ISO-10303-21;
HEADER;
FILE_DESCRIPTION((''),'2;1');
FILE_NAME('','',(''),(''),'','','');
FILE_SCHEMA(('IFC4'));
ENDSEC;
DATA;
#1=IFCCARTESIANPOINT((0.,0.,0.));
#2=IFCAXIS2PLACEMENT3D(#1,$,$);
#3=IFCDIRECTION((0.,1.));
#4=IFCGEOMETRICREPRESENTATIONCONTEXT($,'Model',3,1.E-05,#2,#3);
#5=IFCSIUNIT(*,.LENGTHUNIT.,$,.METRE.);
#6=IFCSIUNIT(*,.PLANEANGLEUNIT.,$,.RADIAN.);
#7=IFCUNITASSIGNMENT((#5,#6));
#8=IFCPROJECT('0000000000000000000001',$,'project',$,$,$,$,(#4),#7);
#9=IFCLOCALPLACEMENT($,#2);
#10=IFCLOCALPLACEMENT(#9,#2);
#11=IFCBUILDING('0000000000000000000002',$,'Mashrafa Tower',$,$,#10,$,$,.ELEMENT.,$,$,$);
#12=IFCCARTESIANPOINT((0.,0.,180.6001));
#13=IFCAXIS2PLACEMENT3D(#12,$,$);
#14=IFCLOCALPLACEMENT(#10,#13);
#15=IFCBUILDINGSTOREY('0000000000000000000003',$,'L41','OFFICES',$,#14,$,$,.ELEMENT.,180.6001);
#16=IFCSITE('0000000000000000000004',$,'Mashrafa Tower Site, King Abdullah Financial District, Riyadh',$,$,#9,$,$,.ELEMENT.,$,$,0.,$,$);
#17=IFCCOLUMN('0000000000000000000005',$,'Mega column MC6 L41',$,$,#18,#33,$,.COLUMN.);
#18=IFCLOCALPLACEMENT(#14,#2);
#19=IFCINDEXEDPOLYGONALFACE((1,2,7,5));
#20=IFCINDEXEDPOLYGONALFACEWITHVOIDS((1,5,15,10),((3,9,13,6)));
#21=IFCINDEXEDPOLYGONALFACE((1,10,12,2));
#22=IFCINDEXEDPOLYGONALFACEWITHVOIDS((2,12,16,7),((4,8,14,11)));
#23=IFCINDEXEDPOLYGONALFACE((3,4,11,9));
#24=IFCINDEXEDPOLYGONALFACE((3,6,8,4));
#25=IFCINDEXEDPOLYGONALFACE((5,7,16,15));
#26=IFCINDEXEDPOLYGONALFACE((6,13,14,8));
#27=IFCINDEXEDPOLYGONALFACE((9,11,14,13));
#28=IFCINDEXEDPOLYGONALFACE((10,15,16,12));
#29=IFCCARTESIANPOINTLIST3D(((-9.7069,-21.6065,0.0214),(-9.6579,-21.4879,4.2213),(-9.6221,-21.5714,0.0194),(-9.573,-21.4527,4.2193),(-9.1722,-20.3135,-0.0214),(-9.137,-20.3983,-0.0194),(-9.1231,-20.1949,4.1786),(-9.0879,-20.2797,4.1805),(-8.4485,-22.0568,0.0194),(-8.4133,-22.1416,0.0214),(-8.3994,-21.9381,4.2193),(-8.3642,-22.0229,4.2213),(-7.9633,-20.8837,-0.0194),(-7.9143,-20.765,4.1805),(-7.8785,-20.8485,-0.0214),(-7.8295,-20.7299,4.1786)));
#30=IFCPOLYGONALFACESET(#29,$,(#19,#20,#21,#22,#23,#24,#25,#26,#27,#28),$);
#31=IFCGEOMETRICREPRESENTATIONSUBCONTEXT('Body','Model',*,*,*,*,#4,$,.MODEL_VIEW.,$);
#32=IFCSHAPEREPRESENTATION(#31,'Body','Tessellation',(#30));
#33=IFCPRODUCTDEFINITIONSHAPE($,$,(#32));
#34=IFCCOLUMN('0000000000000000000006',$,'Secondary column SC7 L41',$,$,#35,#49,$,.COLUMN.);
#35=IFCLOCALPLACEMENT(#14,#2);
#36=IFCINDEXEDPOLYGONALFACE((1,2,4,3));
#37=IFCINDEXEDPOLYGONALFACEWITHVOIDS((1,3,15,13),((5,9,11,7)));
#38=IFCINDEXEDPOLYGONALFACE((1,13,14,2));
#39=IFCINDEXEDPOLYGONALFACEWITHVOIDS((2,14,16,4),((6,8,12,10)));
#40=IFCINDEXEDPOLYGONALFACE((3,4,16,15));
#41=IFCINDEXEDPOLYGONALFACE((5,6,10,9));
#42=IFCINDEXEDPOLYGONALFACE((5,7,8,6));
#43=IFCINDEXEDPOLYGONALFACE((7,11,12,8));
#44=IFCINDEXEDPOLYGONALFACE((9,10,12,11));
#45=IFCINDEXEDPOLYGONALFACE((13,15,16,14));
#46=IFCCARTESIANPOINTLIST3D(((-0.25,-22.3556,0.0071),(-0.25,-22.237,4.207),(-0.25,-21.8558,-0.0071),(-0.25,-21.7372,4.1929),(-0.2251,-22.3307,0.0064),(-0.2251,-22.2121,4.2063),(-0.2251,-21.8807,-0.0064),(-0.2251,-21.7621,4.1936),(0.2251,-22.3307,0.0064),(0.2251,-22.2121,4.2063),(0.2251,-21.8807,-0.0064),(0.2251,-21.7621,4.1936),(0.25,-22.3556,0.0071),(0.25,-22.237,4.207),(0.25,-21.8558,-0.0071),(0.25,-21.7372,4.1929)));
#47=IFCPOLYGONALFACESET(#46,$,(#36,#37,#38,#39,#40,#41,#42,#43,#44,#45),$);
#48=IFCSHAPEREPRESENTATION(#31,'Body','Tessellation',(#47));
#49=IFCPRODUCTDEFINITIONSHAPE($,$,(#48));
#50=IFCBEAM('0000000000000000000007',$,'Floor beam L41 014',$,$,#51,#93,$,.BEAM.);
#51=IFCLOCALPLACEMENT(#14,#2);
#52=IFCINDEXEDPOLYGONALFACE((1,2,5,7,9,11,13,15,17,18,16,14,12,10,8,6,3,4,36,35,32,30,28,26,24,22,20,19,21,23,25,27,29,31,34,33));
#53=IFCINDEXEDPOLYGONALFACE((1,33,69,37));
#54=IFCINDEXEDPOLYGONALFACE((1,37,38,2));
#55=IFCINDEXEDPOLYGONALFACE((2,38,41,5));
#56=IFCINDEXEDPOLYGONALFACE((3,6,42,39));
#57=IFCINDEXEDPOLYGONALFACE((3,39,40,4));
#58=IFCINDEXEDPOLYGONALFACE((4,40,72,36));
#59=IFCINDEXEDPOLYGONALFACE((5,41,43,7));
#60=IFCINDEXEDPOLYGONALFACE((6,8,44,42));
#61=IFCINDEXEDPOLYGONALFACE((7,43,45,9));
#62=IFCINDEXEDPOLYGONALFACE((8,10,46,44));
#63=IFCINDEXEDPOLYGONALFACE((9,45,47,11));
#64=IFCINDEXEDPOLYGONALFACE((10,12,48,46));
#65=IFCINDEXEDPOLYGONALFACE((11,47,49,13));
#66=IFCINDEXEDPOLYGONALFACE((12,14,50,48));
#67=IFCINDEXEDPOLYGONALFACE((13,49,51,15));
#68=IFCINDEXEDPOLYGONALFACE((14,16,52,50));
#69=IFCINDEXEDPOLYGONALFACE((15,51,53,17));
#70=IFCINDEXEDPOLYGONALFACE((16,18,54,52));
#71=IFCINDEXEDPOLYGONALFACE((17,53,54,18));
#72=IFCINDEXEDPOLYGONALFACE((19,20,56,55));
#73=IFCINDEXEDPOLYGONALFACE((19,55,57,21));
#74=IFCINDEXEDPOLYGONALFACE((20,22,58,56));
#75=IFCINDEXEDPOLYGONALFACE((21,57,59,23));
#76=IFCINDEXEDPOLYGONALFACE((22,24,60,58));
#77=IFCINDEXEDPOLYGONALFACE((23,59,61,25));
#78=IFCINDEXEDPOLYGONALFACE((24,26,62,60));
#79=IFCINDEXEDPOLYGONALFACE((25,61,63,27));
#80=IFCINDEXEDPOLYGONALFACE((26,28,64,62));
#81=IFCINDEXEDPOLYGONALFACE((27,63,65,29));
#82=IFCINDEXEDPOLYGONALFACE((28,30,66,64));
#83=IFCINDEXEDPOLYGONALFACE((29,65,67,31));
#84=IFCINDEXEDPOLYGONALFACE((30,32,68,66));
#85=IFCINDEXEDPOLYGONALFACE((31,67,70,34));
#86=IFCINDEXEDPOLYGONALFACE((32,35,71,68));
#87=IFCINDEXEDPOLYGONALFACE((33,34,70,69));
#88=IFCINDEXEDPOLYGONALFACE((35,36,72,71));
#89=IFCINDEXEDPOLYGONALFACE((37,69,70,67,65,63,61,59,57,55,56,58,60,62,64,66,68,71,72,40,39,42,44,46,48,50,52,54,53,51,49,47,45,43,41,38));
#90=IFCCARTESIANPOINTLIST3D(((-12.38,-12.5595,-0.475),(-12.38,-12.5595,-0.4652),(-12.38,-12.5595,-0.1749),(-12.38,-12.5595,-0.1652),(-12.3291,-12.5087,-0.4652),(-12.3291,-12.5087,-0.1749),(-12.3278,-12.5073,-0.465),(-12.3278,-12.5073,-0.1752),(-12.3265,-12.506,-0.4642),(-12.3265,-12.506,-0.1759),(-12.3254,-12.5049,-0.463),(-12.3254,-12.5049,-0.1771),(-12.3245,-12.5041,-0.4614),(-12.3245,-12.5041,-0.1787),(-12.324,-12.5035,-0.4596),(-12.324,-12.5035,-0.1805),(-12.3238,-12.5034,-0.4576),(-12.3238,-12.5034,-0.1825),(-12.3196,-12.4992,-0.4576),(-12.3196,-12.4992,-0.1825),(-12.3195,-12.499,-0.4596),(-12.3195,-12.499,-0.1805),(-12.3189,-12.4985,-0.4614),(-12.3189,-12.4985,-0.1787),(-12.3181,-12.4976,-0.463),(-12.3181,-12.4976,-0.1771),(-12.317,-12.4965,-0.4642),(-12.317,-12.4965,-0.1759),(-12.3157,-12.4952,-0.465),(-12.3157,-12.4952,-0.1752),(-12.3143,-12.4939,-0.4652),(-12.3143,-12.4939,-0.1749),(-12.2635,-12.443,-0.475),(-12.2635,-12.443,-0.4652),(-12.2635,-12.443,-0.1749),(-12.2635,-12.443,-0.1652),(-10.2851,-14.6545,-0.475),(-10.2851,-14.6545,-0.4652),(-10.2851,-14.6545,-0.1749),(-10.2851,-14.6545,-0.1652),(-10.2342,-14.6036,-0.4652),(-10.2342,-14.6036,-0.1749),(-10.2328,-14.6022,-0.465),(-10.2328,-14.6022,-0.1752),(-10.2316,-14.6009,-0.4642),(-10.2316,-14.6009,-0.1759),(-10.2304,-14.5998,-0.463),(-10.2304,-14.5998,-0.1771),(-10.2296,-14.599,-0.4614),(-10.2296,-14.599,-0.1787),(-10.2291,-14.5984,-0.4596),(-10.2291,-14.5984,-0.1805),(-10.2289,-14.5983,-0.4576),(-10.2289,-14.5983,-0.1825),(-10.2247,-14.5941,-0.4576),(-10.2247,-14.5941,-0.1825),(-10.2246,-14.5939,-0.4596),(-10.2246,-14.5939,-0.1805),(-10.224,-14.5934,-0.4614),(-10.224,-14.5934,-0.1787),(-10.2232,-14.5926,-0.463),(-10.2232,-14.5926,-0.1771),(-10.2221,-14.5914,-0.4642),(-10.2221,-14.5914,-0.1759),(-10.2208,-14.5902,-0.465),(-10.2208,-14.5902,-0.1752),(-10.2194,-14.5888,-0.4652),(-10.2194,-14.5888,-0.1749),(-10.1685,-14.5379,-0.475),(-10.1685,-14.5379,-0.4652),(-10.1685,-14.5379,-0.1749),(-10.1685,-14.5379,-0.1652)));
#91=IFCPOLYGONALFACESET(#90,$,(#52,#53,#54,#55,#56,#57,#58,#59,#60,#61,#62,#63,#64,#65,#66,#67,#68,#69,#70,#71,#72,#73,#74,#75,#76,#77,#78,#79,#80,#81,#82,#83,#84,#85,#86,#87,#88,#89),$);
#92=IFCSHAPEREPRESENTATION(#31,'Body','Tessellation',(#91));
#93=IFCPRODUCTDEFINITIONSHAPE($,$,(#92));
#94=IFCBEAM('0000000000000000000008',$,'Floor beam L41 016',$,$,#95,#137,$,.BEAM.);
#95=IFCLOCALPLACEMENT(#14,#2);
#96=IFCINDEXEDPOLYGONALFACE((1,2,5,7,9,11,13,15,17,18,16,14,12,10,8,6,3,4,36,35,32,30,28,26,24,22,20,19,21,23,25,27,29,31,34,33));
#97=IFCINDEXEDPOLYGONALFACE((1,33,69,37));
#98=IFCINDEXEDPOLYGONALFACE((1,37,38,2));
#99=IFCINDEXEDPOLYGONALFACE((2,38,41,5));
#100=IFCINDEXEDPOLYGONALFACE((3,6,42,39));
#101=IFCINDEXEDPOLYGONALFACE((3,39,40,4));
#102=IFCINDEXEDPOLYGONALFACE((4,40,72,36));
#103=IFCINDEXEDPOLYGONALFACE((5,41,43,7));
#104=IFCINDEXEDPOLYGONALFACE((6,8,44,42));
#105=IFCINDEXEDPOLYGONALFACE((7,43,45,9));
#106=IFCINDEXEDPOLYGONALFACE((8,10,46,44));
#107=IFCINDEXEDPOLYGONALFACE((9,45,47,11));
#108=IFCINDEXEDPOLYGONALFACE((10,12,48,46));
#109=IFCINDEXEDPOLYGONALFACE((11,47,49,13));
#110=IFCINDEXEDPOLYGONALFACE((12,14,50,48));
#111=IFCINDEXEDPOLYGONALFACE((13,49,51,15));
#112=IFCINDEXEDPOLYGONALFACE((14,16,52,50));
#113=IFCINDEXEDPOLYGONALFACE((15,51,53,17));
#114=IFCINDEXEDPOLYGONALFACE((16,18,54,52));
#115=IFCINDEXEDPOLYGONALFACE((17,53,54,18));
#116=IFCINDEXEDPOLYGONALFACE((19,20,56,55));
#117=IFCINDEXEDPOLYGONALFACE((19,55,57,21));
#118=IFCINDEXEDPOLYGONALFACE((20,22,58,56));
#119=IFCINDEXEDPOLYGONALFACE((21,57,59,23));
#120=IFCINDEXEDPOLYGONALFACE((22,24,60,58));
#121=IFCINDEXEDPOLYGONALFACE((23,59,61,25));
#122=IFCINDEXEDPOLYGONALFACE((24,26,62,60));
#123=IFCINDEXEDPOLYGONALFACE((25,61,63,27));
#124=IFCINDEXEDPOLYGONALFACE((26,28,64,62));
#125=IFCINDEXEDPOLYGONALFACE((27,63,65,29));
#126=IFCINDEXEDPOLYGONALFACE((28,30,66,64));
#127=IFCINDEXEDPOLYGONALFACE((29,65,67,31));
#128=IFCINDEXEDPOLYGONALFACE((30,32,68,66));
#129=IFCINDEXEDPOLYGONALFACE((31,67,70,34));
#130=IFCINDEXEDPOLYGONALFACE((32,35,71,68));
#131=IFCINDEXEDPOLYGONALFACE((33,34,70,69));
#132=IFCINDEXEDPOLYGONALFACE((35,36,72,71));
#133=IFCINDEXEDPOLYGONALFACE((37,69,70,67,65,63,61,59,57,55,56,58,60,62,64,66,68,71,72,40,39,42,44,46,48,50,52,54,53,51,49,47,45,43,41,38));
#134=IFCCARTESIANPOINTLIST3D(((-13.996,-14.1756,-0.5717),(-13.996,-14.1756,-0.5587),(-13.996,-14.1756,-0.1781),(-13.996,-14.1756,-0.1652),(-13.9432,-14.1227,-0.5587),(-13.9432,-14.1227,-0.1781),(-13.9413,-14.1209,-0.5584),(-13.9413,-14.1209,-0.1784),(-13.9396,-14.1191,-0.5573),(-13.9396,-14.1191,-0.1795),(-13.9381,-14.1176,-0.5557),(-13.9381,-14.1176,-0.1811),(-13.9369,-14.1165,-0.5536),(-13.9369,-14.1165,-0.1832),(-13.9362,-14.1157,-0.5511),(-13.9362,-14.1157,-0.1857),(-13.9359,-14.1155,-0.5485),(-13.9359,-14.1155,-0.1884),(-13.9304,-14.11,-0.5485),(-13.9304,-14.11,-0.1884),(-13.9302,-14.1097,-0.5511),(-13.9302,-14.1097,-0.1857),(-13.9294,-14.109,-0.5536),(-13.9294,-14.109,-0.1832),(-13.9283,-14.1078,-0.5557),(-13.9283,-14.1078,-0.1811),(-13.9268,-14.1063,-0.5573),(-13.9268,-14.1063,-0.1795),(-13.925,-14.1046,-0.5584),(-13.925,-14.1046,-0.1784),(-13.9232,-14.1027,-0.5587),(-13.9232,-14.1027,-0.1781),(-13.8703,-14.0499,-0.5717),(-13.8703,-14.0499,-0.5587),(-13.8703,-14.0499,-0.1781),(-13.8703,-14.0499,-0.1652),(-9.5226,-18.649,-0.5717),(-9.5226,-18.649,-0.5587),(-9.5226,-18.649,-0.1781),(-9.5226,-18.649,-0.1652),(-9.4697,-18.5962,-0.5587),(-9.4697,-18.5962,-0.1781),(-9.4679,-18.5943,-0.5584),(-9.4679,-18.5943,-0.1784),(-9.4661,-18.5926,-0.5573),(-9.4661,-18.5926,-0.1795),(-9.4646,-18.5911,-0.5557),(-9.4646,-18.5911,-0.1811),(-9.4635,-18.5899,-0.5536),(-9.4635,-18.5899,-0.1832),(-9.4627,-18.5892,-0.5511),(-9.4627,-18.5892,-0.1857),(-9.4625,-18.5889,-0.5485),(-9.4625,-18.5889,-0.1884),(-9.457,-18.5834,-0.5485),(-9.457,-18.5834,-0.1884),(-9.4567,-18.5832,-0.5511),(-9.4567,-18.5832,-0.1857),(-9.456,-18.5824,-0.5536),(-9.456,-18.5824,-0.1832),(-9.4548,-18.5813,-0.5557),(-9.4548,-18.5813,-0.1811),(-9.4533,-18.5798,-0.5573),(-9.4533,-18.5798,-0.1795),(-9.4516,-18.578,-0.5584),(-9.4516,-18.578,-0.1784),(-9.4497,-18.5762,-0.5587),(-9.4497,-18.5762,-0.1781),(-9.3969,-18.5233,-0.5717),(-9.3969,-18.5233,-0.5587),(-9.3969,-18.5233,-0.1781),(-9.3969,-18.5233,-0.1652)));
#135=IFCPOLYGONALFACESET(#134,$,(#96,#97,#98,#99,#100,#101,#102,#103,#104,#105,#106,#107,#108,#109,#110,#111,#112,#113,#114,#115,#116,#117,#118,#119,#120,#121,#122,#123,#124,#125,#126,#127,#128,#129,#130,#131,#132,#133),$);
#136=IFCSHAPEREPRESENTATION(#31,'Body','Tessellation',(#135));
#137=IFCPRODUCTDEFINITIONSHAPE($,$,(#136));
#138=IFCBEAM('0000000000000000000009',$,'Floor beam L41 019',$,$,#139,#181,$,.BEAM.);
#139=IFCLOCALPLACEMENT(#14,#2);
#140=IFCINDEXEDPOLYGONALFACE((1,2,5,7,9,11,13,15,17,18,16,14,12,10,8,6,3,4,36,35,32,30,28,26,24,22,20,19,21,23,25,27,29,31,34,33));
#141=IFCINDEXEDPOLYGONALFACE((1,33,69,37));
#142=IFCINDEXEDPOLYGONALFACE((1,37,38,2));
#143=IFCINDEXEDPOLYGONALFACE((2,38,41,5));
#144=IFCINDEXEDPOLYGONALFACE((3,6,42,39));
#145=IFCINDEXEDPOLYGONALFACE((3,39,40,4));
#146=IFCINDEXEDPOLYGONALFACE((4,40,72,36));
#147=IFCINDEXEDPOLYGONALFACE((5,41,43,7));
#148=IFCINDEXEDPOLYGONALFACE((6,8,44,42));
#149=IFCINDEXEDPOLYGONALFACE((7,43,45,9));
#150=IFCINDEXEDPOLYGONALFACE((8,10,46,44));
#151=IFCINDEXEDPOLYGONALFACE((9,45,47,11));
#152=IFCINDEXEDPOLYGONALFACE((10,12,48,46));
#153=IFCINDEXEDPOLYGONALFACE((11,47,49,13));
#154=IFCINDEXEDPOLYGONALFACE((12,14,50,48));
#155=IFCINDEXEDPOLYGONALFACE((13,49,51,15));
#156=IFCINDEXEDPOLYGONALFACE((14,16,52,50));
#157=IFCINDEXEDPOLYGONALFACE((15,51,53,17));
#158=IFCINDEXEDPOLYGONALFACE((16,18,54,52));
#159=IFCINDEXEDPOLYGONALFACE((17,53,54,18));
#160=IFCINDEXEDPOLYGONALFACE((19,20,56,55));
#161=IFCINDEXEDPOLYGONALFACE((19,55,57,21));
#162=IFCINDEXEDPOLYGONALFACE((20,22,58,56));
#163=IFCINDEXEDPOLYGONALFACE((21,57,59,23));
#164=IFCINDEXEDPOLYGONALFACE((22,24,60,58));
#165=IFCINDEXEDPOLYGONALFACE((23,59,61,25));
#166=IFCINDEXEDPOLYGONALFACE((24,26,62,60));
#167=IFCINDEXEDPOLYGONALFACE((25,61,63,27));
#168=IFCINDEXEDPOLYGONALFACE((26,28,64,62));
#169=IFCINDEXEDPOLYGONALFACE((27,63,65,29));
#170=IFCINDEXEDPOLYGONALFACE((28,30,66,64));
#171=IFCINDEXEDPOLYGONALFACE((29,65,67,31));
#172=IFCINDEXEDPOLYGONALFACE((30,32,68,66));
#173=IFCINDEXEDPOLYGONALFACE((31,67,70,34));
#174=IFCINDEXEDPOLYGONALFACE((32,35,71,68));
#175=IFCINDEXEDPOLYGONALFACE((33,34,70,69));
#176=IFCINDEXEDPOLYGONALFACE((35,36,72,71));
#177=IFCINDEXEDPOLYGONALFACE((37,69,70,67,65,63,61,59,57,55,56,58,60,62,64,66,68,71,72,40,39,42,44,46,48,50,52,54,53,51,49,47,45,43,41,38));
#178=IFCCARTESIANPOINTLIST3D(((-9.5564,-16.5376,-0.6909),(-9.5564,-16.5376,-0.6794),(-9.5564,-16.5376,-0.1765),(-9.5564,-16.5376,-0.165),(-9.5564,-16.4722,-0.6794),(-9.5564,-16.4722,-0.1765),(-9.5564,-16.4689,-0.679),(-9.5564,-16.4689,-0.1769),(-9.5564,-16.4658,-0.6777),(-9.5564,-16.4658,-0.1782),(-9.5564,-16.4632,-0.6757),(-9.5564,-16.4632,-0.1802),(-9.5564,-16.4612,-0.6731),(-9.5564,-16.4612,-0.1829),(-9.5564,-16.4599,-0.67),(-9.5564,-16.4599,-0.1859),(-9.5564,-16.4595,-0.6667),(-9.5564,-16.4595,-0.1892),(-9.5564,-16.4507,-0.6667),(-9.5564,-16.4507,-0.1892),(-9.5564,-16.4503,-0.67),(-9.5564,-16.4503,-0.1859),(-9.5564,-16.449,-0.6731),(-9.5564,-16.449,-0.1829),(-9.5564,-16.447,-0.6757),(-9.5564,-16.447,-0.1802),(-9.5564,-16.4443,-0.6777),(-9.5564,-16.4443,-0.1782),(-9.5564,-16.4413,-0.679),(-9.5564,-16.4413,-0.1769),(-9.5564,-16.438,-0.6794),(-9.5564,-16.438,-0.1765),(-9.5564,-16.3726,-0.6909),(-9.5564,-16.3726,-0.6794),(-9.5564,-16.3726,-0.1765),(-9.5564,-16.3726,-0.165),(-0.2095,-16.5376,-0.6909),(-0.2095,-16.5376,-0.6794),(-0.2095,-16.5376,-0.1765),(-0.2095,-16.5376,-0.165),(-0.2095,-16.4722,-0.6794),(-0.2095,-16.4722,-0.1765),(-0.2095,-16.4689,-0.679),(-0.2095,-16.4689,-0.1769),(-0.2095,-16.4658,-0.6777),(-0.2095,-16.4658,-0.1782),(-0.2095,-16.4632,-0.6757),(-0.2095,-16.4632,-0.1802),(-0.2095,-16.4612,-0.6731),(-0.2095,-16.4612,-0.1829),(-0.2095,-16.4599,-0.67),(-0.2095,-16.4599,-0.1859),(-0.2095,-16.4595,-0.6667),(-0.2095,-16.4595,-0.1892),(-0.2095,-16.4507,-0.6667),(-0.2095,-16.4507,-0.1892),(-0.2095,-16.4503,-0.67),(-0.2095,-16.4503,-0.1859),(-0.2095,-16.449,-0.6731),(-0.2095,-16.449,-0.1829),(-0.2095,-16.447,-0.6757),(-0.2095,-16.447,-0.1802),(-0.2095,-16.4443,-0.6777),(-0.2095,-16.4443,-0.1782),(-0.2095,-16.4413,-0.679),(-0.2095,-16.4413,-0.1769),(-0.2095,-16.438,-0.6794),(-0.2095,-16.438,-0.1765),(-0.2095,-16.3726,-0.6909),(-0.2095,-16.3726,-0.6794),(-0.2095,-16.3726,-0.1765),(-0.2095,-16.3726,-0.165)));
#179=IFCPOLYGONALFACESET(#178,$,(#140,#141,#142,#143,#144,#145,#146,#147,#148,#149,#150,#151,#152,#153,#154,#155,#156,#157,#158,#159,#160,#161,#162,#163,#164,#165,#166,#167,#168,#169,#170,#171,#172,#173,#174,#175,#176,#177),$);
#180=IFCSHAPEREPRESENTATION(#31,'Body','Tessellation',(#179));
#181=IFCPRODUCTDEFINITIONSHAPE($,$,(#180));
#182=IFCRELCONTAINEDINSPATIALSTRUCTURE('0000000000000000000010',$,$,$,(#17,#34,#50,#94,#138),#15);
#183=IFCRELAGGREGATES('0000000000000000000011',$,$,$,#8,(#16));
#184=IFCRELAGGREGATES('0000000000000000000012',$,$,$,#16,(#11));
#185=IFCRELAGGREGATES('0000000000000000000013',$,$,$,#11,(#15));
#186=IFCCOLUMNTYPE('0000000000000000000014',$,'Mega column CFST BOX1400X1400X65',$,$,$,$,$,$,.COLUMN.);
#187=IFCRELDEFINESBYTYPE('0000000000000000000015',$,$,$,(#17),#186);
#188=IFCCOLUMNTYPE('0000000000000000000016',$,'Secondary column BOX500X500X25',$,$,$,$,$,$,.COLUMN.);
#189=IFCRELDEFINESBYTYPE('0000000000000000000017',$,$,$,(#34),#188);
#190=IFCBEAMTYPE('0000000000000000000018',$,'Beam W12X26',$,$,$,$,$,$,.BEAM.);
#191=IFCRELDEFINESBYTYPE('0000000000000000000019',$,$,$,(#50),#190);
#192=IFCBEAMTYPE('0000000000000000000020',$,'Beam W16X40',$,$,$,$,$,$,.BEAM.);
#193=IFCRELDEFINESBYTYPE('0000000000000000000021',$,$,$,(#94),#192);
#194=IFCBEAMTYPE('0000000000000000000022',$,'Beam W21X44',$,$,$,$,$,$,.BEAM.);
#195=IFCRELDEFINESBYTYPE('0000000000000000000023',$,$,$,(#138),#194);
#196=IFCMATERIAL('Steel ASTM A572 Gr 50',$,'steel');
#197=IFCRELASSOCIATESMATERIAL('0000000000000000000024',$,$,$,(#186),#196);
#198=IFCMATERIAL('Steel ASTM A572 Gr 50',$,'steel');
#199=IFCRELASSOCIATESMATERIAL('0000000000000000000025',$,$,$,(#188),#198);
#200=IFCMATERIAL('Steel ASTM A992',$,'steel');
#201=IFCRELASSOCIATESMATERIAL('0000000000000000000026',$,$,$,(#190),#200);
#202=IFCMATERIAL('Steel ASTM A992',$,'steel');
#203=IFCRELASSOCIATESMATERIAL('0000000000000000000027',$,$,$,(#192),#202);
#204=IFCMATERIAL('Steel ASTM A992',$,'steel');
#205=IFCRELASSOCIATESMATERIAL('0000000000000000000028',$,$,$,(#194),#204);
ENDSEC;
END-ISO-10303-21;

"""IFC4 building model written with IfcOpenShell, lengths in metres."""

from ifc_helpers import new_model, si_unit, direction, frame, origin, origin_2d, place, context, subcontext, project, spatial, hollow_rectangle, i_section, extrude, material, material_profile, profile_set, type_object, element, save


model = new_model("IFC4")

# Units and contexts
model_context = context("Model", 3, precision=1e-05, world=origin(), true_north=direction((0.0, 1.0)))
body_context = subcontext(model_context, "Body", "Model", "MODEL_VIEW")
ifc_project = project(units=[si_unit("LENGTHUNIT", "METRE"), si_unit("PLANEANGLEUNIT", "RADIAN")], contexts=[model_context])

# Site, building, storey
site_placement = place(None, origin())
site = spatial("IfcSite", under=ifc_project, at=site_placement, Name="Mashrafa Tower Site, King Abdullah Financial District, Riyadh", CompositionType="ELEMENT", RefElevation=0.0)
building_placement = place(site_placement, origin())
building = spatial("IfcBuilding", under=site, at=building_placement, Name="Mashrafa Tower", CompositionType="ELEMENT")
storey_placement = place(building_placement, frame((0.0, 0.0, 180.6001)))
storey = spatial("IfcBuildingStorey", under=building, at=storey_placement, Name="L41", Description="OFFICES", CompositionType="ELEMENT", Elevation=180.6001)

# Columns
ifc_material_1 = material(Name="Steel ASTM A572 Gr 50", Category="steel")
ifc_material_profile_1 = material_profile(ifc_material_1, hollow_rectangle(XDim=1.3999, YDim=1.3999, WallThickness=0.0649, at=origin_2d()), Name="BOX1400X1400X65")
ifc_profile_set_1 = profile_set([ifc_material_profile_1], Name="Steel ASTM A572 Gr 50")
column_type_1 = type_object("IfcColumnType", Name="Mega column CFST BOX1400X1400X65", PredefinedType="COLUMN", material=ifc_profile_set_1)
column_1_placement = place(storey_placement, frame((-8.7927, -21.2275, 0.0), z_axis=(0.011679, 0.028238, 0.999533), x_axis=(-0.924086, 0.382184, 0.0)))
element("IfcColumn", 1, at=column_1_placement, inside=storey, type_object=column_type_1, Name="Mega column MC6 L41", PredefinedType="COLUMN", context=body_context, shape_type="SweptSolid", body=[
    extrude(hollow_rectangle(XDim=1.3999, YDim=1.3999, WallThickness=0.0649, at=origin_2d()), origin(), (0.0, 0.0, 1.0), 4.2019),
])
ifc_material_2 = material(Name="Steel ASTM A572 Gr 50", Category="steel")
ifc_material_profile_2 = material_profile(ifc_material_2, hollow_rectangle(XDim=0.5, YDim=0.5, WallThickness=0.0249, at=origin_2d()), Name="BOX500X500X25")
ifc_profile_set_2 = profile_set([ifc_material_profile_2], Name="Steel ASTM A572 Gr 50")
column_type_2 = type_object("IfcColumnType", Name="Secondary column BOX500X500X25", PredefinedType="COLUMN", material=ifc_profile_set_2)
column_2_placement = place(storey_placement, frame((0.0, -22.1057, 0.0), z_axis=(0.0, 0.02824, 0.999601), x_axis=(-1.0, 0.0, 0.0)))
element("IfcColumn", 2, at=column_2_placement, inside=storey, type_object=column_type_2, Name="Secondary column SC7 L41", PredefinedType="COLUMN", context=body_context, shape_type="SweptSolid", body=[
    extrude(hollow_rectangle(XDim=0.5, YDim=0.5, WallThickness=0.0249, at=origin_2d()), origin(), (0.0, 0.0, 1.0), 4.2017),
])

# Beams
ifc_material_3 = material(Name="Steel ASTM A992", Category="steel")
ifc_material_profile_3 = material_profile(ifc_material_3, i_section(OverallWidth=0.1648, OverallDepth=0.3098, WebThickness=0.0059, FlangeThickness=0.0098, FilletRadius=0.0076, at=origin_2d()), Name="W12X26")
ifc_profile_set_3 = profile_set([ifc_material_profile_3], Name="Steel ASTM A992")
beam_type_1 = type_object("IfcBeamType", Name="Beam W12X26", PredefinedType="BEAM", material=ifc_profile_set_3)
beam_1_placement = place(storey_placement, frame((-10.2268, -14.5962, -0.3201), z_axis=(-0.707107, 0.707107, 0.0), x_axis=(-0.707107, -0.707107, 0.0)))
element("IfcBeam", 3, at=beam_1_placement, inside=storey, type_object=beam_type_1, Name="Floor beam L41 014", PredefinedType="BEAM", context=body_context, shape_type="SweptSolid", body=[
    extrude(i_section(OverallWidth=0.1648, OverallDepth=0.3098, WebThickness=0.0059, FlangeThickness=0.0098, FilletRadius=0.0076, at=origin_2d()), origin(), (0.0, 0.0, 1.0), 2.9626),
])
ifc_material_4 = material(Name="Steel ASTM A992", Category="steel")
ifc_material_profile_4 = material_profile(ifc_material_4, i_section(OverallWidth=0.1777, OverallDepth=0.4065, WebThickness=0.0078, FlangeThickness=0.0129, FilletRadius=0.0103, at=origin_2d()), Name="W16X40")
ifc_profile_set_4 = profile_set([ifc_material_profile_4], Name="Steel ASTM A992")
beam_type_2 = type_object("IfcBeamType", Name="Beam W16X40", PredefinedType="BEAM", material=ifc_profile_set_4)
beam_2_placement = place(storey_placement, frame((-9.4597, -18.5862, -0.3684), z_axis=(-0.707107, 0.707107, 0.0), x_axis=(-0.707107, -0.707107, 0.0)))
element("IfcBeam", 4, at=beam_2_placement, inside=storey, type_object=beam_type_2, Name="Floor beam L41 016", PredefinedType="BEAM", context=body_context, shape_type="SweptSolid", body=[
    extrude(i_section(OverallWidth=0.1777, OverallDepth=0.4065, WebThickness=0.0078, FlangeThickness=0.0129, FilletRadius=0.0103, at=origin_2d()), origin(), (0.0, 0.0, 1.0), 6.3264),
])
ifc_material_5 = material(Name="Steel ASTM A992", Category="steel")
ifc_material_profile_5 = material_profile(ifc_material_5, i_section(OverallWidth=0.165, OverallDepth=0.5259, WebThickness=0.0088, FlangeThickness=0.0115, FilletRadius=0.0127, at=origin_2d()), Name="W21X44")
ifc_profile_set_5 = profile_set([ifc_material_profile_5], Name="Steel ASTM A992")
beam_type_3 = type_object("IfcBeamType", Name="Beam W21X44", PredefinedType="BEAM", material=ifc_profile_set_5)
beam_3_placement = place(storey_placement, frame((-0.2095, -16.4551, -0.428), z_axis=(-1.0, 0.0, 0.0), x_axis=(0.0, -1.0, 0.0)))
element("IfcBeam", 5, at=beam_3_placement, inside=storey, type_object=beam_type_3, Name="Floor beam L41 019", PredefinedType="BEAM", context=body_context, shape_type="SweptSolid", body=[
    extrude(i_section(OverallWidth=0.165, OverallDepth=0.5259, WebThickness=0.0088, FlangeThickness=0.0115, FilletRadius=0.0127, at=origin_2d()), origin(), (0.0, 0.0, 1.0), 9.3469),
])

save(model, "model.ifc")
